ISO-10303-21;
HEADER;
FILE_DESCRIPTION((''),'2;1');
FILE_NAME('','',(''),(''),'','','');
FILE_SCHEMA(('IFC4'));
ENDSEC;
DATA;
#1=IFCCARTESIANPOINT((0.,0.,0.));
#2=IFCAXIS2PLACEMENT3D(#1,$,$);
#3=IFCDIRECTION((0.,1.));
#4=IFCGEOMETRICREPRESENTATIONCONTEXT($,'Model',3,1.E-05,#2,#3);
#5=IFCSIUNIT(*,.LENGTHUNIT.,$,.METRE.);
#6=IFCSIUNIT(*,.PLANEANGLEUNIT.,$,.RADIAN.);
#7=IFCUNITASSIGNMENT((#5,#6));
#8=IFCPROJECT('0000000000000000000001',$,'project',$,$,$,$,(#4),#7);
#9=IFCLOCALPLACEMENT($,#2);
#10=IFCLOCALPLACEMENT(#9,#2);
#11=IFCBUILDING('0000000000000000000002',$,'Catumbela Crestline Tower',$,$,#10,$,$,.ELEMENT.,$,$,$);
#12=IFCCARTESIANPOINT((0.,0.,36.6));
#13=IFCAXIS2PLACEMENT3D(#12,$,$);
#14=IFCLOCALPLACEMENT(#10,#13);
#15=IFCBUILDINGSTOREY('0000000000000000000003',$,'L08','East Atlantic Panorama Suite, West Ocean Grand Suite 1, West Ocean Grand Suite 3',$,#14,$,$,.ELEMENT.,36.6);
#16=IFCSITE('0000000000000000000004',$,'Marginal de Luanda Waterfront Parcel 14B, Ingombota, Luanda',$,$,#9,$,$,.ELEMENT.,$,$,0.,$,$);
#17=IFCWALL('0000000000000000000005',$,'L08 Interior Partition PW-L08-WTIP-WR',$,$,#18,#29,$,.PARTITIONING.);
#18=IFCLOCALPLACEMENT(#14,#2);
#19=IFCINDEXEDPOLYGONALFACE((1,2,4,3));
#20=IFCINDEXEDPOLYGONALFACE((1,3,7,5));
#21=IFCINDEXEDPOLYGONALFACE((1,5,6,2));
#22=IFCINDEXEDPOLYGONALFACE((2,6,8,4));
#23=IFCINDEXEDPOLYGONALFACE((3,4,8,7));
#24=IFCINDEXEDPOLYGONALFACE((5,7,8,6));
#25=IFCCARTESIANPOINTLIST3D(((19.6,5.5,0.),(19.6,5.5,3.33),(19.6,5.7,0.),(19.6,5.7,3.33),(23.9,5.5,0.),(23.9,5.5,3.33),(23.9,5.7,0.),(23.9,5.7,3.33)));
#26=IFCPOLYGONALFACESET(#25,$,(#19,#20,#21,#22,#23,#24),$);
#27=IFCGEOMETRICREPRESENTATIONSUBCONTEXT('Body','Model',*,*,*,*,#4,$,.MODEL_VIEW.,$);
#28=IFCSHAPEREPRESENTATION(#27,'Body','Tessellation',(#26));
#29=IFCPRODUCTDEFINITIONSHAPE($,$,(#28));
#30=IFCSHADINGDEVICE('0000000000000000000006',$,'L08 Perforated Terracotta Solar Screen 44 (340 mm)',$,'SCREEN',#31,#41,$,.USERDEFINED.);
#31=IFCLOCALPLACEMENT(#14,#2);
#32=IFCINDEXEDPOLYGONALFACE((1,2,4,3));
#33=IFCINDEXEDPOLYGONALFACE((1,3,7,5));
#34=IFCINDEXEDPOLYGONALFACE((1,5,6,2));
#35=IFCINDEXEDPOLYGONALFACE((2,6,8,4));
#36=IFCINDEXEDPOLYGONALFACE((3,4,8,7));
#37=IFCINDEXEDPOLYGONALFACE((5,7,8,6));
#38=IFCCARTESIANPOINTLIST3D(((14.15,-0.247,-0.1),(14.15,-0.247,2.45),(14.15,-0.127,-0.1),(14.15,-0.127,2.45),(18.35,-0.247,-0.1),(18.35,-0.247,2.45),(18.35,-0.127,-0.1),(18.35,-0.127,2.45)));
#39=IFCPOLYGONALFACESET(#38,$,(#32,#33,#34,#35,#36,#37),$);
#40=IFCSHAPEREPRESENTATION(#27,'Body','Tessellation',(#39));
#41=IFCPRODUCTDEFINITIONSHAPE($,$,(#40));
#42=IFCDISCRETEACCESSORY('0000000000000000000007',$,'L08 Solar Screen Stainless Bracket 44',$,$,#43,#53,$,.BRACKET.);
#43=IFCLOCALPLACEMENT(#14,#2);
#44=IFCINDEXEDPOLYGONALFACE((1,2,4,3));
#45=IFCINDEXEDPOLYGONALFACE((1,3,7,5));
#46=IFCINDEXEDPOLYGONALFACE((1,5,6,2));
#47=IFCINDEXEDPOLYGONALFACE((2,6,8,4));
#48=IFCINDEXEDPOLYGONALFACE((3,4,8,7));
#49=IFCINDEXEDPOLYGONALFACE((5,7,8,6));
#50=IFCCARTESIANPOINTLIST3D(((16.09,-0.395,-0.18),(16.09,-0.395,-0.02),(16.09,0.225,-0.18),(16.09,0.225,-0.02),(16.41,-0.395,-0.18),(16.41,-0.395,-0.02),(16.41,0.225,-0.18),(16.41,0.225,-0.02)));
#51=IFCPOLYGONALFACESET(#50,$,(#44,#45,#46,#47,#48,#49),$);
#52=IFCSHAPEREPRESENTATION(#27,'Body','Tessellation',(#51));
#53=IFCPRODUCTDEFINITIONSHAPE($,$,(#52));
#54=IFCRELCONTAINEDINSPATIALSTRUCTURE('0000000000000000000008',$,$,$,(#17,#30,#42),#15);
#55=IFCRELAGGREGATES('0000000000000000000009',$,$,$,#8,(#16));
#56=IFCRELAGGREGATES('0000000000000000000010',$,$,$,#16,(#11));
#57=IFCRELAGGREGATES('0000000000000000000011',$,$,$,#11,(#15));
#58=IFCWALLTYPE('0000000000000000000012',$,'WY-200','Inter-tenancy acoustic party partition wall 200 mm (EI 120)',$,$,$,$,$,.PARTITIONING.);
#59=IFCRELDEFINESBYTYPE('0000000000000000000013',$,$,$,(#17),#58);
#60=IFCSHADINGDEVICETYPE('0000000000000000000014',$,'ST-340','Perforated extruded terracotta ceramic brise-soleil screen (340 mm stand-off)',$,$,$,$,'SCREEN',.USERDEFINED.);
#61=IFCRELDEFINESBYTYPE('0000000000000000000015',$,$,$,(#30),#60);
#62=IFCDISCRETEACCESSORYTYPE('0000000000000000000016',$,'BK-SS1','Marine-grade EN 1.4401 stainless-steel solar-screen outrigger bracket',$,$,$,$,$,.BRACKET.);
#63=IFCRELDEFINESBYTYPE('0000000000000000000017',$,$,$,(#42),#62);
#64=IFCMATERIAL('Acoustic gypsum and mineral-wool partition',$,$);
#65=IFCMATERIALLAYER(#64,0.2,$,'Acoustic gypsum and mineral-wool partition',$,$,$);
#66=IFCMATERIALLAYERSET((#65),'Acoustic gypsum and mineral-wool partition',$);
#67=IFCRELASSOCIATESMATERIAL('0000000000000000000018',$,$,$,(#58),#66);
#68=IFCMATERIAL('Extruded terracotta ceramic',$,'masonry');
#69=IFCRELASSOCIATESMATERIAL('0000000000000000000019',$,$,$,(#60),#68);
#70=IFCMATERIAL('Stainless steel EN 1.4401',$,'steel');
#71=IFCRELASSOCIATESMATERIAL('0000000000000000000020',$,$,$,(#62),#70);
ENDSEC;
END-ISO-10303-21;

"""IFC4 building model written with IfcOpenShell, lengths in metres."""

from ifc_helpers import new_model, si_unit, direction, frame, frame_2d, origin, origin_2d, place, context, subcontext, project, spatial, rectangle, extrude, material, layer, layer_set, type_object, element, save


model = new_model("IFC4")

# Units and contexts
model_context = context("Model", 3, precision=1e-05, world=origin(), true_north=direction((0.0, 1.0)))
body_context = subcontext(model_context, "Body", "Model", "MODEL_VIEW")
ifc_project = project(units=[si_unit("LENGTHUNIT", "METRE"), si_unit("PLANEANGLEUNIT", "RADIAN")], contexts=[model_context])

# Site, building, storey
site_placement = place(None, origin())
site = spatial("IfcSite", under=ifc_project, at=site_placement, Name="Marginal de Luanda Waterfront Parcel 14B, Ingombota, Luanda", CompositionType="ELEMENT", RefElevation=0.0)
building_placement = place(site_placement, origin())
building = spatial("IfcBuilding", under=site, at=building_placement, Name="Catumbela Crestline Tower", CompositionType="ELEMENT")
storey_placement = place(building_placement, frame((0.0, 0.0, 36.6)))
storey = spatial("IfcBuildingStorey", under=building, at=storey_placement, Name="L08", Description="East Atlantic Panorama Suite, West Ocean Grand Suite 1, West Ocean Grand Suite 3", CompositionType="ELEMENT", Elevation=36.6)

# Shared definitions
ifc_material_1 = material(Name="Acoustic gypsum and mineral-wool partition")

# Wall
ifc_layer_1 = layer(ifc_material_1, 0.2, Name="Acoustic gypsum and mineral-wool partition")
ifc_layer_set_1 = layer_set([ifc_layer_1], Name="Acoustic gypsum and mineral-wool partition")
wall_type_1 = type_object("IfcWallType", Name="WY-200", Description="Inter-tenancy acoustic party partition wall 200 mm (EI 120)", PredefinedType="PARTITIONING", material=ifc_layer_set_1)
wall_1_placement = place(storey_placement, frame((19.6, 5.6, 0.0), z_axis=(0.0, 0.0, 1.0), x_axis=(1.0, 0.0, 0.0)))
element("IfcWall", 1, at=wall_1_placement, inside=storey, type_object=wall_type_1, Name="L08 Interior Partition PW-L08-WTIP-WR", PredefinedType="PARTITIONING", context=body_context, shape_type="SweptSolid", body=[
    extrude(rectangle(XDim=4.3, YDim=0.2, at=frame_2d((2.15, 0.0))), origin(), (0.0, 0.0, 1.0), 3.33),
])

# Shading device
ifc_material_2 = material(Name="Extruded terracotta ceramic", Category="masonry")
shading_device_type = type_object("IfcShadingDeviceType", Name="ST-340", Description="Perforated extruded terracotta ceramic brise-soleil screen (340 mm stand-off)", ElementType="SCREEN", PredefinedType="USERDEFINED", material=ifc_material_2)
shading_device_placement = place(storey_placement, frame((16.25, -0.187, -0.1), z_axis=(0.0, 0.0, 1.0), x_axis=(1.0, 0.0, 0.0)))
element("IfcShadingDevice", 2, at=shading_device_placement, inside=storey, type_object=shading_device_type, Name="L08 Perforated Terracotta Solar Screen 44 (340 mm)", ObjectType="SCREEN", PredefinedType="USERDEFINED", context=body_context, shape_type="SweptSolid", body=[
    extrude(rectangle(XDim=4.2, YDim=0.12, at=origin_2d()), origin(), (0.0, 0.0, 1.0), 2.55),
])

# Discrete accessory
ifc_material_3 = material(Name="Stainless steel EN 1.4401", Category="steel")
discrete_accessory_type = type_object("IfcDiscreteAccessoryType", Name="BK-SS1", Description="Marine-grade EN 1.4401 stainless-steel solar-screen outrigger bracket", PredefinedType="BRACKET", material=ifc_material_3)
discrete_accessory_placement = place(storey_placement, frame((16.25, -0.085, -0.18), z_axis=(0.0, 0.0, 1.0), x_axis=(1.0, 0.0, 0.0)))
element("IfcDiscreteAccessory", 3, at=discrete_accessory_placement, inside=storey, type_object=discrete_accessory_type, Name="L08 Solar Screen Stainless Bracket 44", PredefinedType="BRACKET", context=body_context, shape_type="SweptSolid", body=[
    extrude(rectangle(XDim=0.32, YDim=0.62, at=origin_2d()), origin(), (0.0, 0.0, 1.0), 0.16),
])

save(model, "model.ifc")
